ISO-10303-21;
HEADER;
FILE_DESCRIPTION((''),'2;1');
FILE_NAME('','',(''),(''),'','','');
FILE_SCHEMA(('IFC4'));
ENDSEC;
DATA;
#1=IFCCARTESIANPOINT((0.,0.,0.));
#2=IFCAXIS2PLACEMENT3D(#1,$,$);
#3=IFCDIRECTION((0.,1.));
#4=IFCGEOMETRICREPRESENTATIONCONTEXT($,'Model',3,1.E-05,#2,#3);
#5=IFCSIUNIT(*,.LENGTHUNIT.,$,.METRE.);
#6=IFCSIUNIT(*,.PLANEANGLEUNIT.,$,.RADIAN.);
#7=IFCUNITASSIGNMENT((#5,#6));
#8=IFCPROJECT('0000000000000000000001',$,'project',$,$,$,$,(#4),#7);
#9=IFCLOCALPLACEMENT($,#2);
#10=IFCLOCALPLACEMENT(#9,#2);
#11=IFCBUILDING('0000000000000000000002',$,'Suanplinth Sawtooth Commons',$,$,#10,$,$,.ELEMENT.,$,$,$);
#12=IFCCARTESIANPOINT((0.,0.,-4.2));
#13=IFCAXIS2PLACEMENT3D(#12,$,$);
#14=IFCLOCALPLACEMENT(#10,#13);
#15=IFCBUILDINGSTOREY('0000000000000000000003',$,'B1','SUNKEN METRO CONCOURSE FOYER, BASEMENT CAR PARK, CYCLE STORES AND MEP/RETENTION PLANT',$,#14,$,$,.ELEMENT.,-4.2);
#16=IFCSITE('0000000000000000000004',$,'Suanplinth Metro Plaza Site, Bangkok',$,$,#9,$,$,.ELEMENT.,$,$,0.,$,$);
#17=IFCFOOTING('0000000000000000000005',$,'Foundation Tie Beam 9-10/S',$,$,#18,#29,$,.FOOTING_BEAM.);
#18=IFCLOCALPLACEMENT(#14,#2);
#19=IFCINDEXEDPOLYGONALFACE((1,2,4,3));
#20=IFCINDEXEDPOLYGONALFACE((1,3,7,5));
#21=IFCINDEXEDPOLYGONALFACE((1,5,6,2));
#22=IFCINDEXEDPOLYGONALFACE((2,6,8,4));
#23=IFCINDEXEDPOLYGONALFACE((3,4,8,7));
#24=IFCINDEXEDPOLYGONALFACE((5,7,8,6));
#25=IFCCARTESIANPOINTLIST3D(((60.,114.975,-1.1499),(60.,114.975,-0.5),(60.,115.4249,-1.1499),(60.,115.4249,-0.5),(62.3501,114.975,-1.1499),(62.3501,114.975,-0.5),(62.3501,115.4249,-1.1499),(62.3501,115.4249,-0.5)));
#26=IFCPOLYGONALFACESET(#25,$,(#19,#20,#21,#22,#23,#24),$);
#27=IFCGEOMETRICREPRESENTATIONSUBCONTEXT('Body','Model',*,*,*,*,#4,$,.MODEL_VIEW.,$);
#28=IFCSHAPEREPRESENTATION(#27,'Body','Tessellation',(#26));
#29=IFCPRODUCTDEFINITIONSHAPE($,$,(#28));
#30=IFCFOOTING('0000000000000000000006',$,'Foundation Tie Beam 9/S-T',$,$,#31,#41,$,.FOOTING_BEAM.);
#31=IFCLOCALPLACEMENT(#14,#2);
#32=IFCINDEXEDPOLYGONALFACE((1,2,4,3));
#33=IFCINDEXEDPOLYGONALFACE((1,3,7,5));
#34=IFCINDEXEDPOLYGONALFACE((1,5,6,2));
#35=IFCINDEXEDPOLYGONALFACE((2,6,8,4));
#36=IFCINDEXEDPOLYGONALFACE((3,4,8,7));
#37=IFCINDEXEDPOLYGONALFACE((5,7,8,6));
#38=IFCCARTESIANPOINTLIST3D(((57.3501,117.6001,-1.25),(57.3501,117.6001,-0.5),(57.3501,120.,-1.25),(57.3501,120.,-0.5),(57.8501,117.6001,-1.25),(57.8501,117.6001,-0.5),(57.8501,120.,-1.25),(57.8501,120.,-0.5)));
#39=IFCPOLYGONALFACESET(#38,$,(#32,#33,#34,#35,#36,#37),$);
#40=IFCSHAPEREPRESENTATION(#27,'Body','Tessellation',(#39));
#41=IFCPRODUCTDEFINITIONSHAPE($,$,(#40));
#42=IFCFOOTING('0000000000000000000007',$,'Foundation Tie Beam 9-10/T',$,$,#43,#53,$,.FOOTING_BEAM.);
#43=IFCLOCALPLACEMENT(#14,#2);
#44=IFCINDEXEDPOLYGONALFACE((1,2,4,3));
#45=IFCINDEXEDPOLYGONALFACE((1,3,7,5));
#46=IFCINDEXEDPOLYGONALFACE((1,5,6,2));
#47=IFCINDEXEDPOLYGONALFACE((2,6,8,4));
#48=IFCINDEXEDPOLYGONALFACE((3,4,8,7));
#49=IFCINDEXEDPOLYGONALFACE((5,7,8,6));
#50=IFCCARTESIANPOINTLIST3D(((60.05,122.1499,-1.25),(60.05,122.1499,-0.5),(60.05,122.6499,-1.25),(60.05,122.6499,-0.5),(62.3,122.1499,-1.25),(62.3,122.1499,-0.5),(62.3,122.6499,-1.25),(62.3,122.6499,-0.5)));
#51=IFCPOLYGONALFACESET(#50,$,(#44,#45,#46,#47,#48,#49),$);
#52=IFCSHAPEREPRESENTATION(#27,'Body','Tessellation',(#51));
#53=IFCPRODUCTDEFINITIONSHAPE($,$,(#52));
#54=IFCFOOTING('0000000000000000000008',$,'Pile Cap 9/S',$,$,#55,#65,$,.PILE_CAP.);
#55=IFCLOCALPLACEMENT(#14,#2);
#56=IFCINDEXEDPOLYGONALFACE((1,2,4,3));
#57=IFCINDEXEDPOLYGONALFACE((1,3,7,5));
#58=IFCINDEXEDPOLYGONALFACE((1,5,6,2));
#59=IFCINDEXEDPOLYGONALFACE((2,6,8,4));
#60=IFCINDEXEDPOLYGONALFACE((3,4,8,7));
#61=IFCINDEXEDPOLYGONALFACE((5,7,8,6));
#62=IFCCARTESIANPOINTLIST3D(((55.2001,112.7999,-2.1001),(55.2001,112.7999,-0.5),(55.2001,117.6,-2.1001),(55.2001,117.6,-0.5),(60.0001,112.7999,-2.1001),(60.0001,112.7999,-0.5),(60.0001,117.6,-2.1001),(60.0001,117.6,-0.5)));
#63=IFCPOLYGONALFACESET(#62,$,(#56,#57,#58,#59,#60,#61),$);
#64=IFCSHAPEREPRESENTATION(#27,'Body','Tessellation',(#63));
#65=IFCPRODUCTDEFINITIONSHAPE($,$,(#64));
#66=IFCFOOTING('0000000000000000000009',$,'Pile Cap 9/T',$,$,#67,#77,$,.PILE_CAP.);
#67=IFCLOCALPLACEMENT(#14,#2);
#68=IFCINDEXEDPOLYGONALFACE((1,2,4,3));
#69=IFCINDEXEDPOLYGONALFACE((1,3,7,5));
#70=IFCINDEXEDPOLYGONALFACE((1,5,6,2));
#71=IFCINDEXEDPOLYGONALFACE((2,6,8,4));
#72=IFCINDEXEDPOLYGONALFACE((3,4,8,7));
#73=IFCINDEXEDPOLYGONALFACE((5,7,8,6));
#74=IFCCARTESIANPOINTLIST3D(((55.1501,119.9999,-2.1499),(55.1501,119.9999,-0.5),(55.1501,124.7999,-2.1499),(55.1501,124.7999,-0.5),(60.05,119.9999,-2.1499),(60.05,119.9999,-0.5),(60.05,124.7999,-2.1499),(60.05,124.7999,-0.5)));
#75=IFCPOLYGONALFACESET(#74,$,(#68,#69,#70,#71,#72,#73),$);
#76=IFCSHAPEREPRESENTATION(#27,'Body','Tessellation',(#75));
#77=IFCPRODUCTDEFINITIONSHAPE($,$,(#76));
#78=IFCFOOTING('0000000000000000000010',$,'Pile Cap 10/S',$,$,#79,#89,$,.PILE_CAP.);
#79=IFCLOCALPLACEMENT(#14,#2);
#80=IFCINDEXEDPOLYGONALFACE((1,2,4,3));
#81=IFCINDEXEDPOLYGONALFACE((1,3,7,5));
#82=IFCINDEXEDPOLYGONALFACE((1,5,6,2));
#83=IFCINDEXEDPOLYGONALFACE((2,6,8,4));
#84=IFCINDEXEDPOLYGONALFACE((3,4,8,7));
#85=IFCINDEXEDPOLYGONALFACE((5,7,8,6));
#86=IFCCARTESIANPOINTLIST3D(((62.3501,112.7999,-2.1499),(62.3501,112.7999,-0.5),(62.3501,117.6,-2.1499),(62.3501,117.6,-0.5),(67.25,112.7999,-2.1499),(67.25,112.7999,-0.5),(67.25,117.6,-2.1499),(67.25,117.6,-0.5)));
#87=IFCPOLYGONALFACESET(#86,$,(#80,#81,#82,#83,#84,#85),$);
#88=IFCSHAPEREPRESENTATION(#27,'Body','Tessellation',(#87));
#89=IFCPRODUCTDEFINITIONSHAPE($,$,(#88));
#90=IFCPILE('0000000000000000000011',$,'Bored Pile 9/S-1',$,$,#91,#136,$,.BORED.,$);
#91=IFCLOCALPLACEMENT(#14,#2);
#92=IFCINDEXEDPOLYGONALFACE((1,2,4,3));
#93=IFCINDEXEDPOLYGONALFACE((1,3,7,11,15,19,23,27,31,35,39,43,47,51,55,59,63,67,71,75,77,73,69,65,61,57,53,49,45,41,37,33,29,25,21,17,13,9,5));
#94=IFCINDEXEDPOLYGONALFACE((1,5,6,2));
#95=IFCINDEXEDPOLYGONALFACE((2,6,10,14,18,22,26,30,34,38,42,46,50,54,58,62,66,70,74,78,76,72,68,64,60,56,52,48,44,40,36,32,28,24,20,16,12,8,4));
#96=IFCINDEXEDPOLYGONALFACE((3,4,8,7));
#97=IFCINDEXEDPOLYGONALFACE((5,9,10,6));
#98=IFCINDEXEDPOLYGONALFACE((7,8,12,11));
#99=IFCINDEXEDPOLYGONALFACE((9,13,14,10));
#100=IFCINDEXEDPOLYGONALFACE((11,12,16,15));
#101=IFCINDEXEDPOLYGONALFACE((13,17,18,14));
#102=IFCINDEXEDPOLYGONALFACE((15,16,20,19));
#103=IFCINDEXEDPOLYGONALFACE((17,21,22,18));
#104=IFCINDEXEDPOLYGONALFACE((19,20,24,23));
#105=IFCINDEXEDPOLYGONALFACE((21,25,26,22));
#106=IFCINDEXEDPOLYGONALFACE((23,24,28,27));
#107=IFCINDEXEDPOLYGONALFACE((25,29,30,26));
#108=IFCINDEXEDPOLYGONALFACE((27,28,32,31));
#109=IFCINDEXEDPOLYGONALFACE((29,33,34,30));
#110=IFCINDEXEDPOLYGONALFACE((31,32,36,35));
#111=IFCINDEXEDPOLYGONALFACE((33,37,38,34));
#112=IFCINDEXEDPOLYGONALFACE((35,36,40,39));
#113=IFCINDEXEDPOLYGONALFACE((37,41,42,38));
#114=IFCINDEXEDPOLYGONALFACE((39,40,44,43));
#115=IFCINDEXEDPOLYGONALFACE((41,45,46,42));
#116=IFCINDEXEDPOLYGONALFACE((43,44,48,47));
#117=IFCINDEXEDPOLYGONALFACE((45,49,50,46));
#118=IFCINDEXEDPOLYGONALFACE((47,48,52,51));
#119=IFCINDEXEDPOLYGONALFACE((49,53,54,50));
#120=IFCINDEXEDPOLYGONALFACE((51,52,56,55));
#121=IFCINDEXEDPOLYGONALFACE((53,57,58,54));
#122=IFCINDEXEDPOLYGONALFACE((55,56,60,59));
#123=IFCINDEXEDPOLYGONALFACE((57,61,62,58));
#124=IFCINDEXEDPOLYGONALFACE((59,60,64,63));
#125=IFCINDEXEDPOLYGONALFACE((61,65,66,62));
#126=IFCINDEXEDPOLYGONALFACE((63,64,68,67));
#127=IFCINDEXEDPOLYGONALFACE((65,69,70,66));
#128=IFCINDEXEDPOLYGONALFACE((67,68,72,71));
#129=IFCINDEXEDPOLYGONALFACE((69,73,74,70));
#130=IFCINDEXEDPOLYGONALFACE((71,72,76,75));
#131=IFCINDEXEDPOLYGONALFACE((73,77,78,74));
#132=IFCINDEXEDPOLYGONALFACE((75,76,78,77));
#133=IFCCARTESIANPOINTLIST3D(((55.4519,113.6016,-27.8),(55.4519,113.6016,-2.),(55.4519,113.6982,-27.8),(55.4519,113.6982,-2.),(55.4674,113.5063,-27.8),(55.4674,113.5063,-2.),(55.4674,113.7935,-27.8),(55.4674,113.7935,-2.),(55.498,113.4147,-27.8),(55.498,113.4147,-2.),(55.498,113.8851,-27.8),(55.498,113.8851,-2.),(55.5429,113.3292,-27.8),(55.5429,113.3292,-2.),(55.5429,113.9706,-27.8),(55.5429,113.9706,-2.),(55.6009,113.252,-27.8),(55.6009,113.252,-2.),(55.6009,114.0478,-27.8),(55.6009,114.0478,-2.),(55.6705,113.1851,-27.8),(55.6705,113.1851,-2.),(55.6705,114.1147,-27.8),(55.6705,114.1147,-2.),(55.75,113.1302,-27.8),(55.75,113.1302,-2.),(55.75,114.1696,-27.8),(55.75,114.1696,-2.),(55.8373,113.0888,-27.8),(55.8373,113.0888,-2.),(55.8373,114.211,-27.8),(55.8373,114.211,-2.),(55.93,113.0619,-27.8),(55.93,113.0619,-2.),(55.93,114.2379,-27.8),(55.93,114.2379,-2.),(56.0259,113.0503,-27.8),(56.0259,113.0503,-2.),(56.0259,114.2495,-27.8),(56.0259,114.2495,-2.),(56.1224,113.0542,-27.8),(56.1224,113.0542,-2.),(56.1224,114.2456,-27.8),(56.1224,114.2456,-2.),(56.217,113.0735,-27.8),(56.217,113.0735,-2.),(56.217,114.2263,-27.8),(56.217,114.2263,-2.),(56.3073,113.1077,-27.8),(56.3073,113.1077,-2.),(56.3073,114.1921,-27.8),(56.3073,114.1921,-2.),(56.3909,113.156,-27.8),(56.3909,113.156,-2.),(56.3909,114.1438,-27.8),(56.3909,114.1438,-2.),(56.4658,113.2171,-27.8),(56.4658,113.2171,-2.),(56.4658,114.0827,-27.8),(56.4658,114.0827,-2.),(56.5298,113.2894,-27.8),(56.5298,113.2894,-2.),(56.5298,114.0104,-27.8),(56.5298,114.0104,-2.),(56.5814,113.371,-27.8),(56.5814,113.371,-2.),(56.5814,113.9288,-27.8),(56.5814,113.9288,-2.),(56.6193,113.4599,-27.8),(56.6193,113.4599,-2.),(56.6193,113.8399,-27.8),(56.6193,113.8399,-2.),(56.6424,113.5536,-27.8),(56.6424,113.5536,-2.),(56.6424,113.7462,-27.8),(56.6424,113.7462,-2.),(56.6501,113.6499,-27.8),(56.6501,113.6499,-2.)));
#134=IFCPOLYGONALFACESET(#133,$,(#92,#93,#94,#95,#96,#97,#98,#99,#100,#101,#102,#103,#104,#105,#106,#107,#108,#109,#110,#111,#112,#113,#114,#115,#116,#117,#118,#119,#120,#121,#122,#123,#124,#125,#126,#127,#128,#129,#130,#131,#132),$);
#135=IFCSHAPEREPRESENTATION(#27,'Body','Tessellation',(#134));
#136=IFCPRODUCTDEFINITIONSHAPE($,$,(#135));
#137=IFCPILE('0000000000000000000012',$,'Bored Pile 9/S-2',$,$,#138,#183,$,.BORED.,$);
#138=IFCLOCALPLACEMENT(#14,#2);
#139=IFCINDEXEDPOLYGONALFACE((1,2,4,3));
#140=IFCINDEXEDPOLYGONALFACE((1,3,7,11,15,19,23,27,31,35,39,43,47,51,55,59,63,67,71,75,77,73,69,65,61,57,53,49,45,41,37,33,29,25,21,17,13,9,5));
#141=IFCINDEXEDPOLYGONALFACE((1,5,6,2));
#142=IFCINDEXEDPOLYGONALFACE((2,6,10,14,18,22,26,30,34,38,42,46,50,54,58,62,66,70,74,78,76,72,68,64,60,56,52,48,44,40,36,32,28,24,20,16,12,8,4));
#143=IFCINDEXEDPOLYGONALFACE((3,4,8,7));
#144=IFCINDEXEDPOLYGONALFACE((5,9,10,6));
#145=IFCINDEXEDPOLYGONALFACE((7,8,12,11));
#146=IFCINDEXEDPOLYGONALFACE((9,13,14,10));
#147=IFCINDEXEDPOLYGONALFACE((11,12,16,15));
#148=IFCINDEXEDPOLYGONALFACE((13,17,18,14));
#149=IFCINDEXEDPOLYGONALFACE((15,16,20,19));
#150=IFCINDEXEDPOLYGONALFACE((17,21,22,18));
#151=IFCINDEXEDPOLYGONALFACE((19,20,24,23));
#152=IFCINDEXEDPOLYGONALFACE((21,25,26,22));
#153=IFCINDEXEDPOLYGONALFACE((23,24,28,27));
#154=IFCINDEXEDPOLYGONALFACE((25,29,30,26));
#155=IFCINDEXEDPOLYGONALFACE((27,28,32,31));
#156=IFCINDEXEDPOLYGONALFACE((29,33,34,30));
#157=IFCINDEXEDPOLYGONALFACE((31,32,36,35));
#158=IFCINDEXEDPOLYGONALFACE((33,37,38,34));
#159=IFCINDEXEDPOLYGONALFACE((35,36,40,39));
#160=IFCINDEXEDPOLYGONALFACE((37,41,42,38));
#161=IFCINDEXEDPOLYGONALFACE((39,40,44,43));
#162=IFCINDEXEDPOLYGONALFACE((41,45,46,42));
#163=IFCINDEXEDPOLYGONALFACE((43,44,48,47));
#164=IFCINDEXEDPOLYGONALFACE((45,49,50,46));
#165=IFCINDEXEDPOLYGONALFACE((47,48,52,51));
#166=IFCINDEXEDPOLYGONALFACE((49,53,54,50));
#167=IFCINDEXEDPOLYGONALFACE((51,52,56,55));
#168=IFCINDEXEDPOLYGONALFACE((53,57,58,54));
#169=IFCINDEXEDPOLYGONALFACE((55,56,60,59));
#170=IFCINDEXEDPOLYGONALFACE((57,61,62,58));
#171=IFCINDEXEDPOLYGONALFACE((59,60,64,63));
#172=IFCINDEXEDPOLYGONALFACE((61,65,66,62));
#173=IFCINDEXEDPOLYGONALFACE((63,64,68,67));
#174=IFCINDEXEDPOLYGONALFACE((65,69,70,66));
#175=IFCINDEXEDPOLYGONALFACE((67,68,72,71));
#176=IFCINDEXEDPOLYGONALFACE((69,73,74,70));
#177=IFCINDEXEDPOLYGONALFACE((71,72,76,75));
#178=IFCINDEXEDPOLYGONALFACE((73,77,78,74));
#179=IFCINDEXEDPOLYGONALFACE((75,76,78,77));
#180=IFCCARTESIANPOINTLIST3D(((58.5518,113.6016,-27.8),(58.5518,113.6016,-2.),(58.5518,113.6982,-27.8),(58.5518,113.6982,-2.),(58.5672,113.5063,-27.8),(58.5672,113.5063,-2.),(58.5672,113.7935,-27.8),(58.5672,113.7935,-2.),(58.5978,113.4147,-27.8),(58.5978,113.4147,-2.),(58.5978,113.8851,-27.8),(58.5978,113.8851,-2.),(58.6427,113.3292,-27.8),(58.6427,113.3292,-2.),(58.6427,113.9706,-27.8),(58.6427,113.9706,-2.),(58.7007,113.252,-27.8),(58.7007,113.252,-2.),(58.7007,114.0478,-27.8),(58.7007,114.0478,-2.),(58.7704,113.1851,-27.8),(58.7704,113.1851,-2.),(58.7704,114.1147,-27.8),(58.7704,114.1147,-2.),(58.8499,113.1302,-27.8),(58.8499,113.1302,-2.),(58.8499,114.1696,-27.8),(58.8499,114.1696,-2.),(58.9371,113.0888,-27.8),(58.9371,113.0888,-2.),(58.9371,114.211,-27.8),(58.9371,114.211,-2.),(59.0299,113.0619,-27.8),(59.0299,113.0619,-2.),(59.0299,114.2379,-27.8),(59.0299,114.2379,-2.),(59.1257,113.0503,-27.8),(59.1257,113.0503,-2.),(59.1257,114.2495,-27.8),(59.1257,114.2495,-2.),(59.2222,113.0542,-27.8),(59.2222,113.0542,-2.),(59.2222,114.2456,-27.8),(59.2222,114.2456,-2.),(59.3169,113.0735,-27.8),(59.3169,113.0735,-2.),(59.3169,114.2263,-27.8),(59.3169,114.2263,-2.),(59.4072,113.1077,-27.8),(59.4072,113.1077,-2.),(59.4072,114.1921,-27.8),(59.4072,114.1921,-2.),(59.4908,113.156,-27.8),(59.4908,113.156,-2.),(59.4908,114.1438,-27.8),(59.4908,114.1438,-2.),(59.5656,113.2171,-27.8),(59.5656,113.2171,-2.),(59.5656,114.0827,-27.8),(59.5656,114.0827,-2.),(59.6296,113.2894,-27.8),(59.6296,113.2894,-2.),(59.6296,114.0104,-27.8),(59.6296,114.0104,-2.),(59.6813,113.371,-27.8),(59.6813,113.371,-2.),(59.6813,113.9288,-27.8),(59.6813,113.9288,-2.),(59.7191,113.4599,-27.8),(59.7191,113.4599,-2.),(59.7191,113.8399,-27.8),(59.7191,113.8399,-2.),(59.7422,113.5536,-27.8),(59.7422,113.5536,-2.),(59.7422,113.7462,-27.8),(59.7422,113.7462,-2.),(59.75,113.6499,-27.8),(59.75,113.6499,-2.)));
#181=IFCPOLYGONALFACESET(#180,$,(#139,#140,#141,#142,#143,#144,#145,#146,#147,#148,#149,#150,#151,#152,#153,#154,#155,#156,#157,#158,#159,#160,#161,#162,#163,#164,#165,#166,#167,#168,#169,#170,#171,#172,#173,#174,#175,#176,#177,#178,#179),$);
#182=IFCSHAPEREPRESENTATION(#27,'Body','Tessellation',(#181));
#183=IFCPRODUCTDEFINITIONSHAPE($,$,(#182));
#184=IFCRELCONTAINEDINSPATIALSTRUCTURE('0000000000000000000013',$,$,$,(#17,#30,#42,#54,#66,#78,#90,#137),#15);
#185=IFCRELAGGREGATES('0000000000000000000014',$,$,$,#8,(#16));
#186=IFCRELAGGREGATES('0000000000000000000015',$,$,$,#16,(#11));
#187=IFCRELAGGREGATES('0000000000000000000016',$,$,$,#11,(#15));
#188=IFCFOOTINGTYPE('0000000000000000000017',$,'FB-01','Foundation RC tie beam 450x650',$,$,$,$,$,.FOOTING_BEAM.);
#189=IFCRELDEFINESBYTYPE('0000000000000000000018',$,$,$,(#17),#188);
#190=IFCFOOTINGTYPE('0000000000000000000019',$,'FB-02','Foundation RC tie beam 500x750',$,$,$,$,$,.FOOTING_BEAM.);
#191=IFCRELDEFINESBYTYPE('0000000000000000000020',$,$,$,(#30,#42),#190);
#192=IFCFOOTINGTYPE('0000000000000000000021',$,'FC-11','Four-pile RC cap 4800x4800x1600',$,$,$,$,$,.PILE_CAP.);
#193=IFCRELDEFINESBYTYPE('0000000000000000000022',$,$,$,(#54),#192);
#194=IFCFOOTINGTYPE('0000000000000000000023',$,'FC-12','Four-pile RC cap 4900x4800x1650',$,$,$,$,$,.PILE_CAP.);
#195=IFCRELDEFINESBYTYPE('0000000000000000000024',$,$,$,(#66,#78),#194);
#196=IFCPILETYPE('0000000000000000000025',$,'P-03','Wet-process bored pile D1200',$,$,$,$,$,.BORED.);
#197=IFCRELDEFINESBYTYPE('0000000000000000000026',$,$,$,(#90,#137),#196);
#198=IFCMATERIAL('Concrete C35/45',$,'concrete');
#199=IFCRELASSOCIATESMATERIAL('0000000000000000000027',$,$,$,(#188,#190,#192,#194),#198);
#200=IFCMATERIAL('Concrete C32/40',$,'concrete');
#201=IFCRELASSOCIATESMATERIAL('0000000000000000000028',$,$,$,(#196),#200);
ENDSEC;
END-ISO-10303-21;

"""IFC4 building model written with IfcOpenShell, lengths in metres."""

from ifc_helpers import new_model, si_unit, direction, frame, origin, origin_2d, place, context, subcontext, project, spatial, rectangle, circle, extrude, material, material_profile, profile_set, type_object, element, save


model = new_model("IFC4")

# Units and contexts
model_context = context("Model", 3, precision=1e-05, world=origin(), true_north=direction((0.0, 1.0)))
body_context = subcontext(model_context, "Body", "Model", "MODEL_VIEW")
ifc_project = project(units=[si_unit("LENGTHUNIT", "METRE"), si_unit("PLANEANGLEUNIT", "RADIAN")], contexts=[model_context])

# Site, building, storey
site_placement = place(None, origin())
site = spatial("IfcSite", under=ifc_project, at=site_placement, Name="Suanplinth Metro Plaza Site, Bangkok", CompositionType="ELEMENT", RefElevation=0.0)
building_placement = place(site_placement, origin())
building = spatial("IfcBuilding", under=site, at=building_placement, Name="Suanplinth Sawtooth Commons", CompositionType="ELEMENT")
storey_placement = place(building_placement, frame((0.0, 0.0, -4.2)))
storey = spatial("IfcBuildingStorey", under=building, at=storey_placement, Name="B1", Description="SUNKEN METRO CONCOURSE FOYER, BASEMENT CAR PARK, CYCLE STORES AND MEP/RETENTION PLANT", CompositionType="ELEMENT", Elevation=-4.2)

# Footings
ifc_material_1 = material(Name="Concrete C35/45", Category="concrete")
ifc_material_profile_1 = material_profile(ifc_material_1, rectangle(XDim=0.45, YDim=0.6499, at=origin_2d()), Name="PC-GDR 450x650")
ifc_profile_set_1 = profile_set([ifc_material_profile_1], Name="Concrete C35/45")
footing_type_1 = type_object("IfcFootingType", Name="FB-01", Description="Foundation RC tie beam 450x650", PredefinedType="FOOTING_BEAM", material=ifc_profile_set_1)
footing_1_placement = place(storey_placement, frame((60.0, 115.2, -0.825), z_axis=(1.0, 0.0, 0.0), x_axis=(0.0, 1.0, 0.0)))
element("IfcFooting", 1, at=footing_1_placement, inside=storey, type_object=footing_type_1, Name="Foundation Tie Beam 9-10/S", PredefinedType="FOOTING_BEAM", context=body_context, shape_type="SweptSolid", body=[
    extrude(rectangle(XDim=0.45, YDim=0.6499, at=origin_2d()), origin(), (0.0, 0.0, 1.0), 2.3501),
])
ifc_material_profile_2 = material_profile(ifc_material_1, rectangle(XDim=0.5, YDim=0.75, at=origin_2d()), Name="RC-GDR 500x750")
ifc_profile_set_2 = profile_set([ifc_material_profile_2], Name="Concrete C35/45")
footing_type_2 = type_object("IfcFootingType", Name="FB-02", Description="Foundation RC tie beam 500x750", PredefinedType="FOOTING_BEAM", material=ifc_profile_set_2)
footing_2_placement = place(storey_placement, frame((57.6001, 117.6001, -0.875), z_axis=(0.0, 1.0, 0.0), x_axis=(-1.0, 0.0, 0.0)))
element("IfcFooting", 2, at=footing_2_placement, inside=storey, type_object=footing_type_2, Name="Foundation Tie Beam 9/S-T", PredefinedType="FOOTING_BEAM", context=body_context, shape_type="SweptSolid", body=[
    extrude(rectangle(XDim=0.5, YDim=0.75, at=origin_2d()), origin(), (0.0, 0.0, 1.0), 2.3999),
])
footing_3_placement = place(storey_placement, frame((60.05, 122.3999, -0.875), z_axis=(1.0, 0.0, 0.0), x_axis=(0.0, 1.0, 0.0)))
element("IfcFooting", 3, at=footing_3_placement, inside=storey, type_object=footing_type_2, Name="Foundation Tie Beam 9-10/T", PredefinedType="FOOTING_BEAM", context=body_context, shape_type="SweptSolid", body=[
    extrude(rectangle(XDim=0.5, YDim=0.75, at=origin_2d()), origin(), (0.0, 0.0, 1.0), 2.25),
])
footing_type_3 = type_object("IfcFootingType", Name="FC-11", Description="Four-pile RC cap 4800x4800x1600", PredefinedType="PILE_CAP", material=ifc_material_1)
footing_4_placement = place(storey_placement, frame((57.6001, 115.2, -2.1001), z_axis=(0.0, 0.0, 1.0), x_axis=(1.0, 0.0, 0.0)))
element("IfcFooting", 4, at=footing_4_placement, inside=storey, type_object=footing_type_3, Name="Pile Cap 9/S", PredefinedType="PILE_CAP", context=body_context, shape_type="SweptSolid", body=[
    extrude(rectangle(XDim=4.8, YDim=4.8, at=origin_2d()), origin(), (0.0, 0.0, 1.0), 1.6001),
])
footing_type_4 = type_object("IfcFootingType", Name="FC-12", Description="Four-pile RC cap 4900x4800x1650", PredefinedType="PILE_CAP", material=ifc_material_1)
for number, where, z_axis, x_axis, name in (
    (5, (57.6001, 122.3999, -2.1499), (0.0, 0.0, 1.0), (1.0, 0.0, 0.0), "Pile Cap 9/T"),
    (6, (64.8, 115.2, -2.1499), (0.0, 0.0, 1.0), (1.0, 0.0, 0.0), "Pile Cap 10/S"),
):
    element("IfcFooting", number, at=place(storey_placement, frame(where, z_axis=z_axis, x_axis=x_axis)), inside=storey, type_object=footing_type_4, Name=name, PredefinedType="PILE_CAP", context=body_context, shape_type="SweptSolid", body=[
        extrude(rectangle(XDim=4.8999, YDim=4.8, at=origin_2d()), origin(), (0.0, 0.0, 1.0), 1.6499),
    ])

# Piles
ifc_material_2 = material(Name="Concrete C32/40", Category="concrete")
ifc_material_profile_3 = material_profile(ifc_material_2, circle(Radius=0.6001, at=origin_2d()), Name="PILE D1200")
ifc_profile_set_3 = profile_set([ifc_material_profile_3], Name="Concrete C32/40")
pile_type = type_object("IfcPileType", Name="P-03", Description="Wet-process bored pile D1200", PredefinedType="BORED", material=ifc_profile_set_3)
for number, where, z_axis, x_axis, name in (
    (7, (56.05, 113.6499, -2.0), (0.0, 0.0, -1.0), (1.0, 0.0, 0.0), "Bored Pile 9/S-1"),
    (8, (59.1499, 113.6499, -2.0), (0.0, 0.0, -1.0), (1.0, 0.0, 0.0), "Bored Pile 9/S-2"),
):
    element("IfcPile", number, at=place(storey_placement, frame(where, z_axis=z_axis, x_axis=x_axis)), inside=storey, type_object=pile_type, Name=name, PredefinedType="BORED", context=body_context, shape_type="SweptSolid", body=[
        extrude(circle(Radius=0.6001, at=origin_2d()), origin(), (0.0, 0.0, 1.0), 25.8),
    ])

save(model, "model.ifc")
